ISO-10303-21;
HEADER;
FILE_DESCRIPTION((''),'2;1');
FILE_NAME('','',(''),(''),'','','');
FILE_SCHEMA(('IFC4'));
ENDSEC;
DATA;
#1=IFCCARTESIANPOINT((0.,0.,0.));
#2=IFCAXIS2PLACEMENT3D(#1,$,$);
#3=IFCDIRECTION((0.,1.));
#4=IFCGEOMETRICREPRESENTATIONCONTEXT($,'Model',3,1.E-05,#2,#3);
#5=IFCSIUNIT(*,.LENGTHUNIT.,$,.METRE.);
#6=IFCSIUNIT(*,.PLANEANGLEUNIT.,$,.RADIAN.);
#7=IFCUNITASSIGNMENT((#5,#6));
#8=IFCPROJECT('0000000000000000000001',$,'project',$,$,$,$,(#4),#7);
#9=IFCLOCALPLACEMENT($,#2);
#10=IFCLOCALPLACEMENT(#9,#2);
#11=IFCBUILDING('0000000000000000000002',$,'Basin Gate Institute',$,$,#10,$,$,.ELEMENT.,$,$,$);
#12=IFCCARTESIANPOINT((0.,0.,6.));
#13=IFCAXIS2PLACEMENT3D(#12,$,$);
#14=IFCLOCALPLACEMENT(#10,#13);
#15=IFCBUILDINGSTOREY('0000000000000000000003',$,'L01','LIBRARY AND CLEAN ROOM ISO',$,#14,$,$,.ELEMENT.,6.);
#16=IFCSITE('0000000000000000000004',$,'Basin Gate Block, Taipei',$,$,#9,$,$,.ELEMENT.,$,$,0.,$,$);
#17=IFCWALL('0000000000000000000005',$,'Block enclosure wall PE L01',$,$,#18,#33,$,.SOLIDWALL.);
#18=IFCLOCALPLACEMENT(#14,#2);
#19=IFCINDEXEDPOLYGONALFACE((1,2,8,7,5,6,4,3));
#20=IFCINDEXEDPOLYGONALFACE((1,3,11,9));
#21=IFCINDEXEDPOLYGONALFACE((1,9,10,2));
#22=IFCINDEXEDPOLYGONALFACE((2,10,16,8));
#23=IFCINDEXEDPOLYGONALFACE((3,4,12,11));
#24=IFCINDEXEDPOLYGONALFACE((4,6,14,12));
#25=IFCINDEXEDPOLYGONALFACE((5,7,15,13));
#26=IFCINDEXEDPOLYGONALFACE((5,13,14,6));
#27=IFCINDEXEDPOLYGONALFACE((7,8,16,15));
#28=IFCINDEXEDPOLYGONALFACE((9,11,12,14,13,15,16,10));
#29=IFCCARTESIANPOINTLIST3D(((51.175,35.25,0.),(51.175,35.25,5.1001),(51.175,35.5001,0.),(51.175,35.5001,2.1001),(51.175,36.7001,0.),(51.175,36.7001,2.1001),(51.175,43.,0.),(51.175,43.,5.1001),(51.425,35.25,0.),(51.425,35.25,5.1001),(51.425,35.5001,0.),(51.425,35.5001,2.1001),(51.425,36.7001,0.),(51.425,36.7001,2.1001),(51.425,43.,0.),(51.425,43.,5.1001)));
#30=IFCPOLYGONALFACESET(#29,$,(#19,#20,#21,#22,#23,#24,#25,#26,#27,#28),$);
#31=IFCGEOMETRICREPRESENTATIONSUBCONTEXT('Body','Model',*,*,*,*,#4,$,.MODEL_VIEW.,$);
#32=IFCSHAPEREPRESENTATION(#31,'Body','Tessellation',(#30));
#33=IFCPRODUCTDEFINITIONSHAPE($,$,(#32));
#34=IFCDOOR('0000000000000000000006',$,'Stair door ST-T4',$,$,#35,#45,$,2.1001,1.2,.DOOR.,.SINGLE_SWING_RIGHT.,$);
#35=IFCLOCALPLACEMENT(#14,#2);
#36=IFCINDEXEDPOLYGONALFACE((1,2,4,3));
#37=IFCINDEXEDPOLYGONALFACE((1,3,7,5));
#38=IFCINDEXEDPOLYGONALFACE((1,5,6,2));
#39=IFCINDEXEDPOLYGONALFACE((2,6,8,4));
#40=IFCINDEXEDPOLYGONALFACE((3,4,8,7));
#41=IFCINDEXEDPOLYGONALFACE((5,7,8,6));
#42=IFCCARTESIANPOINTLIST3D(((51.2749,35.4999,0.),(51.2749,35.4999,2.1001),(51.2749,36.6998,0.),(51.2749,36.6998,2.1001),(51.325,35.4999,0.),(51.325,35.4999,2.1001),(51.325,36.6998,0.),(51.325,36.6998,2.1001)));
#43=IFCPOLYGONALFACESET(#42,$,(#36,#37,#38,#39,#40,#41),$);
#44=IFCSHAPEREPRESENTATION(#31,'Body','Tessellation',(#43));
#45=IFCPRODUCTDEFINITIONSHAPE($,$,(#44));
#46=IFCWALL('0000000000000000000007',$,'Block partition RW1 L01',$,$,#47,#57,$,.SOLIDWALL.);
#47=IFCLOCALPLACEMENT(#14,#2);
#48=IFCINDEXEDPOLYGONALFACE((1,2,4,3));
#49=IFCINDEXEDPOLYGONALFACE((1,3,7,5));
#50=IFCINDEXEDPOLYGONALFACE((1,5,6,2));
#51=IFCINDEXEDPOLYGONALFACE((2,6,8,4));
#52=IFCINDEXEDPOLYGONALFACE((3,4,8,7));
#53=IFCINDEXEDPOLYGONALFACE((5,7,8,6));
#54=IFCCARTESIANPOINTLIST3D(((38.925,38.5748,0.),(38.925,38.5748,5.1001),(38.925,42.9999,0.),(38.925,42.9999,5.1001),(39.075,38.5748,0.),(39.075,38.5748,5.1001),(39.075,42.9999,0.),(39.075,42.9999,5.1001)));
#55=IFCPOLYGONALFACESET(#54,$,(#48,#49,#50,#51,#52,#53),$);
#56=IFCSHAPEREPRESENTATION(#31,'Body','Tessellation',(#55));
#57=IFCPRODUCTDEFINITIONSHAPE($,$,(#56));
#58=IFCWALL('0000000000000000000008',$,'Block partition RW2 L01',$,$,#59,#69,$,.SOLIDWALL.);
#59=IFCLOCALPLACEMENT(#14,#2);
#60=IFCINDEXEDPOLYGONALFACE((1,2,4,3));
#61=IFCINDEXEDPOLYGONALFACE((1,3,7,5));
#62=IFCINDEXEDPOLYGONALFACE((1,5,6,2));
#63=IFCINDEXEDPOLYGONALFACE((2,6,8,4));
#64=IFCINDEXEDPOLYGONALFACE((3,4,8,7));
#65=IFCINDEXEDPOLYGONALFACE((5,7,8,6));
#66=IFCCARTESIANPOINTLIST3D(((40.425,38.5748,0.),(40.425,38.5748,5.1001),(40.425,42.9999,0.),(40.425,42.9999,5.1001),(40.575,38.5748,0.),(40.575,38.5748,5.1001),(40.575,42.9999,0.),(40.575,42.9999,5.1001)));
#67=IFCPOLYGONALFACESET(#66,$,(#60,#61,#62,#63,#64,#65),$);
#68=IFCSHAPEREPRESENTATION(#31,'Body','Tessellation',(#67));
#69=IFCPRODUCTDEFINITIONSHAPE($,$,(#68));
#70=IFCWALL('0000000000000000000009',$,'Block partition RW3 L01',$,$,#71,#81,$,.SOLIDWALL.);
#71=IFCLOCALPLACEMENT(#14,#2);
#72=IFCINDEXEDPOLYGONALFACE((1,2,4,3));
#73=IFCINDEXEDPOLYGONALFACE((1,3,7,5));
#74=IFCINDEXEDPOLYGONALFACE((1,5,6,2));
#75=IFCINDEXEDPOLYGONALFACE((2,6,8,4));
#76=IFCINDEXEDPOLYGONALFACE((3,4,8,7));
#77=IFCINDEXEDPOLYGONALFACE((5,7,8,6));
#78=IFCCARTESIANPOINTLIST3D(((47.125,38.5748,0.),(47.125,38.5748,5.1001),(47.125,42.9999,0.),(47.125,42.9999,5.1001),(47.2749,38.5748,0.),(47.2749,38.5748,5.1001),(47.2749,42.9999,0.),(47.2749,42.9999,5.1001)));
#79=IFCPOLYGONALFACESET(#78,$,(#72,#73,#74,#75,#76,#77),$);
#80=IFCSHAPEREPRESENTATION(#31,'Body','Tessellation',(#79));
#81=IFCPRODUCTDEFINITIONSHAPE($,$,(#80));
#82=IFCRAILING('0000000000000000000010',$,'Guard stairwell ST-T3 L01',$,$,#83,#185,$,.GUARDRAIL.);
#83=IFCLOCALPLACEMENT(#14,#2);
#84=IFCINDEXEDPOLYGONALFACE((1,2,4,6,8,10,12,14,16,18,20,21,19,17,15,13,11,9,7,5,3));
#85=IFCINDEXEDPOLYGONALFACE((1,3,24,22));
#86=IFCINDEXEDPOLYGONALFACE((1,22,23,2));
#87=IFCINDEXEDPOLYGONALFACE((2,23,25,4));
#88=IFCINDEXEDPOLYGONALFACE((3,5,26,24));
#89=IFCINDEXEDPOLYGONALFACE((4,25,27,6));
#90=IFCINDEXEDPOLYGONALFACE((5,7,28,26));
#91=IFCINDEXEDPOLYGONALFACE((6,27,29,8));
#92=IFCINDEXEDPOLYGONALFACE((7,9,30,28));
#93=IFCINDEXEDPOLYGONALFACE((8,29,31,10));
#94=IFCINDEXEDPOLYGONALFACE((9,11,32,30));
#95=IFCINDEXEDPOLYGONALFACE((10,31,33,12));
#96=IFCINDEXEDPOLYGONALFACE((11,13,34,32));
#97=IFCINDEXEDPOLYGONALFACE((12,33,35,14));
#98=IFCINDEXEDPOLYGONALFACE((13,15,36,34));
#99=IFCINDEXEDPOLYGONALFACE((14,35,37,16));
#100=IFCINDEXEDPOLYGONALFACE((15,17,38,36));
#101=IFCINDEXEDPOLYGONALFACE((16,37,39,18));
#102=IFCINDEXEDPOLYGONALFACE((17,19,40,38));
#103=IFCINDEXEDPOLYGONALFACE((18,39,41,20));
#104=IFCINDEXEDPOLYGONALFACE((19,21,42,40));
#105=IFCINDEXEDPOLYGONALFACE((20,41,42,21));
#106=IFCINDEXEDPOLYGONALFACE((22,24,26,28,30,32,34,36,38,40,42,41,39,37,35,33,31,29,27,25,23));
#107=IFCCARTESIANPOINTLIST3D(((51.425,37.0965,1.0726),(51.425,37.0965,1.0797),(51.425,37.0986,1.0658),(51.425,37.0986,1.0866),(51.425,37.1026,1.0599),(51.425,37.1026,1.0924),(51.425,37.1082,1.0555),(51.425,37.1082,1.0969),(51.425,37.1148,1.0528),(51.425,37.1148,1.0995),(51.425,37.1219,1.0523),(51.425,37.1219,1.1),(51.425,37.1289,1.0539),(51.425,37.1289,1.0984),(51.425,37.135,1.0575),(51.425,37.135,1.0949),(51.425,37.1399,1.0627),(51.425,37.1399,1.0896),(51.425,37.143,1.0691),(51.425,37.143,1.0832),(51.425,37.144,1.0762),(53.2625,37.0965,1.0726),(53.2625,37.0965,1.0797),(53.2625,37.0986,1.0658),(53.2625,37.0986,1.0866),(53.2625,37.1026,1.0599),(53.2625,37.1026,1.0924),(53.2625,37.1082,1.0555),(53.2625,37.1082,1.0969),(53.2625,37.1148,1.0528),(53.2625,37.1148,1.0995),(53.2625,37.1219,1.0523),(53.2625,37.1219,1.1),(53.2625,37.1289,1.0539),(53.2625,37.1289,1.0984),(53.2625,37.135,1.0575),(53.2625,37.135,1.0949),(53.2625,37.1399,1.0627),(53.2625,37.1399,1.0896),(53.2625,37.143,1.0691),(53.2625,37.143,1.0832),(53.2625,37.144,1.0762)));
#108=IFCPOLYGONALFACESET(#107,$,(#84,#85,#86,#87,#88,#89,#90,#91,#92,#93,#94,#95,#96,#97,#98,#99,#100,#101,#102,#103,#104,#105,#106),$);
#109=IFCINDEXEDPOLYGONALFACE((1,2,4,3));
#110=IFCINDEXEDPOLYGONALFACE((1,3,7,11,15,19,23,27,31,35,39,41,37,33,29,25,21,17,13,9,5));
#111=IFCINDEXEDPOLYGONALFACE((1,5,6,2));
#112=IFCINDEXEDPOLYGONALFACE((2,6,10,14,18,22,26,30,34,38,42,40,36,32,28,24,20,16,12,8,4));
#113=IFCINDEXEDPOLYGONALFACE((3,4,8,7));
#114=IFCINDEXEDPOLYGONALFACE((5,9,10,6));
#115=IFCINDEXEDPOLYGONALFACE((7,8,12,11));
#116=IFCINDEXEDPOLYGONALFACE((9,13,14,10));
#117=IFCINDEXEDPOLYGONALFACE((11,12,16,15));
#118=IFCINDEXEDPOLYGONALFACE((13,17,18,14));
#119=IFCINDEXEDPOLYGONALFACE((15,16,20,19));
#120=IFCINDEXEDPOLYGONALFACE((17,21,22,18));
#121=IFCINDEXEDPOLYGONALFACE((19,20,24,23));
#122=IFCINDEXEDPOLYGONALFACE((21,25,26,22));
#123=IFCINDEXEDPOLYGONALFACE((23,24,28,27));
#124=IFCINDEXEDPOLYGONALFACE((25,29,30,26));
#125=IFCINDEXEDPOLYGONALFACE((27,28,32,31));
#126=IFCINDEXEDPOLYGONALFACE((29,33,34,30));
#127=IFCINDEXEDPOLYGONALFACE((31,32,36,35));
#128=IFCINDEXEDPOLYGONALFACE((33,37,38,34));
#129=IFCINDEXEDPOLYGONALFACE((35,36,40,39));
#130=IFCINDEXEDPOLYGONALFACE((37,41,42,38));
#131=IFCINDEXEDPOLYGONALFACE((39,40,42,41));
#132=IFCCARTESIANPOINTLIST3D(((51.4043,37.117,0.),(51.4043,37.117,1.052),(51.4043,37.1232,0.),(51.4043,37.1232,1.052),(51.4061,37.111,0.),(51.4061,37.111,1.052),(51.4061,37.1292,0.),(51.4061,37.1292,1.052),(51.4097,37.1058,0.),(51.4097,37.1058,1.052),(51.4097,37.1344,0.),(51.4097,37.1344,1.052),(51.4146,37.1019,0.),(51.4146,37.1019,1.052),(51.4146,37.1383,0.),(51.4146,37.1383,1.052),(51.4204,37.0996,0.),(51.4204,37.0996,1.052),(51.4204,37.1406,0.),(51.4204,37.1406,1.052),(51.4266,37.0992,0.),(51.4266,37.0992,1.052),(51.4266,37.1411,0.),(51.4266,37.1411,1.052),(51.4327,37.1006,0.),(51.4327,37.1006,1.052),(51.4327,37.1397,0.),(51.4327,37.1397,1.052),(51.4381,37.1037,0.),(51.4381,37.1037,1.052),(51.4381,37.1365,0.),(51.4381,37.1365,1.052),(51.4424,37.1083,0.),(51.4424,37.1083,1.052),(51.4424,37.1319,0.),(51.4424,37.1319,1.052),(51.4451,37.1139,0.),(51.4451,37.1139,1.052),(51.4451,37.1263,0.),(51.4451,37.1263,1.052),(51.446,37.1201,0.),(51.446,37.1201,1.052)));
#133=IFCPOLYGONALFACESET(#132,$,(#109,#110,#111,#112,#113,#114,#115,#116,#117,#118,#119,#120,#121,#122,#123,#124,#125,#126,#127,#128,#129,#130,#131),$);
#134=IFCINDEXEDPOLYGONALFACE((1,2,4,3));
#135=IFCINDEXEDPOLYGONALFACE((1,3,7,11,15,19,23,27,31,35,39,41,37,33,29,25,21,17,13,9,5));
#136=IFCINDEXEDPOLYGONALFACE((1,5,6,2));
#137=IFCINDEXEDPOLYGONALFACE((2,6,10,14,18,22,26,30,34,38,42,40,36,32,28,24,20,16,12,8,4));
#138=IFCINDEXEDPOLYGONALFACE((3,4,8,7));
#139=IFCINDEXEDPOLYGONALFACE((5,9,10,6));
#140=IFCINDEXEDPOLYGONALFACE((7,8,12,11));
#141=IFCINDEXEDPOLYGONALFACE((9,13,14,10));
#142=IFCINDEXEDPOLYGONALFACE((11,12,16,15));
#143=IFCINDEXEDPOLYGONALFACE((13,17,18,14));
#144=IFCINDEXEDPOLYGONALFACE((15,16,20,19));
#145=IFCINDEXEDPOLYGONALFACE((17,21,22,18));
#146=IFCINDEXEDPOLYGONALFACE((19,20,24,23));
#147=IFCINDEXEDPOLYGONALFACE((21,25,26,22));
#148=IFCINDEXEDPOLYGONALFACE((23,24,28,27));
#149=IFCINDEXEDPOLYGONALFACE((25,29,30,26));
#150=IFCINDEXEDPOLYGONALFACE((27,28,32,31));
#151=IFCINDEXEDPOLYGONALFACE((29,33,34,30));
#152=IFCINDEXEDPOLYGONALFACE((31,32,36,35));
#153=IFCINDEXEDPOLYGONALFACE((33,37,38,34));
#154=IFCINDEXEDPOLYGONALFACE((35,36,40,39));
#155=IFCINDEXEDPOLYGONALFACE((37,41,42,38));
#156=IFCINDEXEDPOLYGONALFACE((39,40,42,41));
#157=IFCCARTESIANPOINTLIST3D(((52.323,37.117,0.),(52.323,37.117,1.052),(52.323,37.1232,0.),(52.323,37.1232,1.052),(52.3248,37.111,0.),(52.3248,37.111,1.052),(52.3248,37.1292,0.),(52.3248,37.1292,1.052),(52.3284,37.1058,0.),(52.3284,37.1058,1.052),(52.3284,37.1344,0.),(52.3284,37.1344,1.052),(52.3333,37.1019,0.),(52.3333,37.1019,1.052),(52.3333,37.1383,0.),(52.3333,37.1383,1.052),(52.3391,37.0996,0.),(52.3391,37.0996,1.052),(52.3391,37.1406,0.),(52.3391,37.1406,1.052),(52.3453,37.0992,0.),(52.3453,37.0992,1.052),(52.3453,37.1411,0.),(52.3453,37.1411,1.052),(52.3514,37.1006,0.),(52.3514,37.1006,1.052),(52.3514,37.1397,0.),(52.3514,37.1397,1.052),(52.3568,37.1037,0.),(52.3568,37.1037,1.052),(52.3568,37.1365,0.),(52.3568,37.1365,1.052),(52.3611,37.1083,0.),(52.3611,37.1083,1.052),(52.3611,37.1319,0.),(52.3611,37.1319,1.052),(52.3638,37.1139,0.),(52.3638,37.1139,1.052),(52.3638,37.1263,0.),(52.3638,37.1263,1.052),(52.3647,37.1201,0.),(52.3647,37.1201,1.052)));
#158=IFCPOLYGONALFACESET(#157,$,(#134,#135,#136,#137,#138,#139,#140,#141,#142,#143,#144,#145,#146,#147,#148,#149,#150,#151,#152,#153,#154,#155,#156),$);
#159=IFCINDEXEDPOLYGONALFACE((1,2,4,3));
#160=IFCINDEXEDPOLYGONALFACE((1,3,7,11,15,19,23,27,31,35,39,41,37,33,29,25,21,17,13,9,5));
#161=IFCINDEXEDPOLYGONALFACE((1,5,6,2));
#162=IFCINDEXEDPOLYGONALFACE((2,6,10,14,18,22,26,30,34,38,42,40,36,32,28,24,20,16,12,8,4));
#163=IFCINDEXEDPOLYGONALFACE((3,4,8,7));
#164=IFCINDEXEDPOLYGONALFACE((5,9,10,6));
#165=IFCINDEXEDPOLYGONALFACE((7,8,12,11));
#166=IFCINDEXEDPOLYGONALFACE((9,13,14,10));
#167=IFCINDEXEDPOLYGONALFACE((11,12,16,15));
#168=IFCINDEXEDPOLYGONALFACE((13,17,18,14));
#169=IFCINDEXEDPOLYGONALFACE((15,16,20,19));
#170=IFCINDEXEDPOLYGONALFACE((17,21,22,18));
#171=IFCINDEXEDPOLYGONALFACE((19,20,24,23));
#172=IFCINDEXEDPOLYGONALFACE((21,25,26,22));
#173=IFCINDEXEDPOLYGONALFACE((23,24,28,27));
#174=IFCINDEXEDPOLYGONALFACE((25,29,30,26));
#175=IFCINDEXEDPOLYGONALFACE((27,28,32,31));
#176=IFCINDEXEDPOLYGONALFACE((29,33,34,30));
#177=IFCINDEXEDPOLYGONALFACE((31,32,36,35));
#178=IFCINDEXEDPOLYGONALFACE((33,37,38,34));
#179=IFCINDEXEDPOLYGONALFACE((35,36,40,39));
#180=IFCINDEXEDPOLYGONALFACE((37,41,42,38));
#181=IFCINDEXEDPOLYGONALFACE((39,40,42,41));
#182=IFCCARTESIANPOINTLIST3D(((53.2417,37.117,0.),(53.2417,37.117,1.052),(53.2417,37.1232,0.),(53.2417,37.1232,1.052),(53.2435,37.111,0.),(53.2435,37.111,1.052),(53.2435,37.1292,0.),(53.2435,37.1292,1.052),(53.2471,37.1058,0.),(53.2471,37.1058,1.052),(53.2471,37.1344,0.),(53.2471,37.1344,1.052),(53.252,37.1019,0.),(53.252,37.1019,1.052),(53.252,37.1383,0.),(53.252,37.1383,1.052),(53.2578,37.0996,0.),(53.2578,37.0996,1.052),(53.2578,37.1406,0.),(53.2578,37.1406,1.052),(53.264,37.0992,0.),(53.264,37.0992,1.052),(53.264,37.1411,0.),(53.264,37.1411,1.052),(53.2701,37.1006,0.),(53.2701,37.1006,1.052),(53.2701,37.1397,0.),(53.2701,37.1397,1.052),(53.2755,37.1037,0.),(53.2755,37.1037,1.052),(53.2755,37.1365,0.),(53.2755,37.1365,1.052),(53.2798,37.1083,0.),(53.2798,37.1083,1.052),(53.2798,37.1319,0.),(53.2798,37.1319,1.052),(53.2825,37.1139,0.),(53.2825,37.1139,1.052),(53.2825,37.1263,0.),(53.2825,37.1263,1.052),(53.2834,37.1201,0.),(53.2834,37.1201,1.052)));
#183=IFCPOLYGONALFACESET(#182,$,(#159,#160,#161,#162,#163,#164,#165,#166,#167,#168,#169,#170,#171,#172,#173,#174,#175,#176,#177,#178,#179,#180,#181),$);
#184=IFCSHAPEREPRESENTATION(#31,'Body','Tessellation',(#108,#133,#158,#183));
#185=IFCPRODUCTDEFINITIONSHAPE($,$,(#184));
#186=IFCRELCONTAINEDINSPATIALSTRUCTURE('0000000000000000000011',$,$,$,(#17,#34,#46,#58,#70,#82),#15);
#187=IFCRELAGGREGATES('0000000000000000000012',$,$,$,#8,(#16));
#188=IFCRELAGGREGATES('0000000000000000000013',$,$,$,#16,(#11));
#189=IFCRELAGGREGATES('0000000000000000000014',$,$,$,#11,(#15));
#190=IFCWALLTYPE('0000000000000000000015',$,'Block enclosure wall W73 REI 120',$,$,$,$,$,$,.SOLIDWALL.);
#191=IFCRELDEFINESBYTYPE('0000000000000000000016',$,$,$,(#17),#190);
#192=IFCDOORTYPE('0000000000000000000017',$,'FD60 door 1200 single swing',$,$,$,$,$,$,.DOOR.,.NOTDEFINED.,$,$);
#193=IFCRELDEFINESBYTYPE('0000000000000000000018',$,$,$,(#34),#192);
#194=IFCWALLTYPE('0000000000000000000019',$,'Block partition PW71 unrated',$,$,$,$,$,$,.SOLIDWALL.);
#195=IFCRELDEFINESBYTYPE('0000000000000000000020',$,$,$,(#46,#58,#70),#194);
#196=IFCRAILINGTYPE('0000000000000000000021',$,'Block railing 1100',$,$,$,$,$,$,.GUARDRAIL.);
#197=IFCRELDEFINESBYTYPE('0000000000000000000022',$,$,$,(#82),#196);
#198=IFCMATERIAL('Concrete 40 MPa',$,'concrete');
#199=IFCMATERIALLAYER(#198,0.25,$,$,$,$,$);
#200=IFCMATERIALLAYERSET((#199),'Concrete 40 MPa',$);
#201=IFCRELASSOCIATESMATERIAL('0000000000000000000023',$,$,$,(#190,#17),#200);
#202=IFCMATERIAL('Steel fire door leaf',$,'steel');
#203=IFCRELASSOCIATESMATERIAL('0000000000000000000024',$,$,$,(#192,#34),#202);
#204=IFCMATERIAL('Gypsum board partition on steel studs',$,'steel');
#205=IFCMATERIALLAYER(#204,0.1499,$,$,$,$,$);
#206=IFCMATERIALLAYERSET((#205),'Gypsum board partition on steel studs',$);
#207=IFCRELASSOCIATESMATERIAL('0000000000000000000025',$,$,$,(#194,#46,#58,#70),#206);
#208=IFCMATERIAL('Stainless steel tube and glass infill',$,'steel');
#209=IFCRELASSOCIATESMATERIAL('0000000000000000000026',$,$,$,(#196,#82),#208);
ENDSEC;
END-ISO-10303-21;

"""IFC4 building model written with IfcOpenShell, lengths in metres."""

from ifc_helpers import new_model, si_unit, direction, frame, frame_2d, origin, origin_2d, place, context, subcontext, project, spatial, rectangle, circle, extrude, material, layer, layer_set, type_object, element, fill, save


model = new_model("IFC4")

# Units and contexts
model_context = context("Model", 3, precision=1e-05, world=origin(), true_north=direction((0.0, 1.0)))
body_context = subcontext(model_context, "Body", "Model", "MODEL_VIEW")
ifc_project = project(units=[si_unit("LENGTHUNIT", "METRE"), si_unit("PLANEANGLEUNIT", "RADIAN")], contexts=[model_context])

# Site, building, storey
site_placement = place(None, origin())
site = spatial("IfcSite", under=ifc_project, at=site_placement, Name="Basin Gate Block, Taipei", CompositionType="ELEMENT", RefElevation=0.0)
building_placement = place(site_placement, origin())
building = spatial("IfcBuilding", under=site, at=building_placement, Name="Basin Gate Institute", CompositionType="ELEMENT")
storey_placement = place(building_placement, frame((0.0, 0.0, 6.0)))
storey = spatial("IfcBuildingStorey", under=building, at=storey_placement, Name="L01", Description="LIBRARY AND CLEAN ROOM ISO", CompositionType="ELEMENT", Elevation=6.0)

# Wall, opening, door
ifc_material_1 = material(Name="Concrete 40 MPa", Category="concrete")
ifc_layer_1 = layer(ifc_material_1, 0.25)
ifc_layer_set_1 = layer_set([ifc_layer_1], Name="Concrete 40 MPa")
wall_type_1 = type_object("IfcWallType", Name="Block enclosure wall W73 REI 120", PredefinedType="SOLIDWALL", material=ifc_layer_set_1)
wall_placement = place(storey_placement, frame((51.3, 35.25, 0.0), z_axis=(0.0, 0.0, 1.0), x_axis=(0.0, 1.0, 0.0)))
wall = element("IfcWall", 1, at=wall_placement, inside=storey, type_object=wall_type_1, material=ifc_layer_set_1, Name="Block enclosure wall PE L01", PredefinedType="SOLIDWALL", context=body_context, shape_type="SweptSolid", body=[
    extrude(rectangle(XDim=7.75, YDim=0.25, at=frame_2d((3.875, 0.0))), origin(), (0.0, 0.0, 1.0), 5.1001),
])
opening_placement = place(wall_placement, frame((0.25, 0.0, 0.0)))
opening = element("IfcOpeningElement", 2, at=opening_placement, cuts=wall, PredefinedType="OPENING", context=body_context, shape_type="SweptSolid", body=[
    extrude(rectangle(XDim=1.2, YDim=2.1001, at=frame_2d((0.6001, 1.05))), frame((0.0, 0.135, 0.0), z_axis=(0.0, -1.0, 0.0), x_axis=(1.0, 0.0, 0.0)), (0.0, 0.0, 1.0), 0.27),
])
ifc_material_2 = material(Name="Steel fire door leaf", Category="steel")
door_type = type_object("IfcDoorType", Name="FD60 door 1200 single swing", OperationType="NOTDEFINED", PredefinedType="DOOR", material=ifc_material_2)
door_placement = place(opening_placement, frame((1.2, 0.0, 0.0), z_axis=(0.0, 0.0, 1.0), x_axis=(-1.0, 0.0, 0.0)))
door = element("IfcDoor", 3, at=door_placement, inside=storey, type_object=door_type, material=ifc_material_2, Name="Stair door ST-T4", OperationType="SINGLE_SWING_RIGHT", OverallHeight=2.1001, OverallWidth=1.2, PredefinedType="DOOR", context=body_context, shape_type="SweptSolid", body=[
    extrude(rectangle(XDim=1.2, YDim=2.1001, at=frame_2d((0.6001, 1.05))), frame((0.0, 0.0249, 0.0), z_axis=(0.0, -1.0, 0.0), x_axis=(1.0, 0.0, 0.0)), (0.0, 0.0, 1.0), 0.05),
])
fill(opening, door)

# Walls
ifc_material_3 = material(Name="Gypsum board partition on steel studs", Category="steel")
ifc_layer_2 = layer(ifc_material_3, 0.1499)
ifc_layer_set_2 = layer_set([ifc_layer_2], Name="Gypsum board partition on steel studs")
wall_type_2 = type_object("IfcWallType", Name="Block partition PW71 unrated", PredefinedType="SOLIDWALL", material=ifc_layer_set_2)
for number, where, z_axis, x_axis, name in (
    (4, (39.0, 38.575, 0.0), (0.0, 0.0, 1.0), (0.0, 1.0, 0.0), "Block partition RW1 L01"),
    (5, (40.5, 38.575, 0.0), (0.0, 0.0, 1.0), (0.0, 1.0, 0.0), "Block partition RW2 L01"),
    (6, (47.2, 38.575, 0.0), (0.0, 0.0, 1.0), (0.0, 1.0, 0.0), "Block partition RW3 L01"),
):
    element("IfcWall", number, at=place(storey_placement, frame(where, z_axis=z_axis, x_axis=x_axis)), inside=storey, type_object=wall_type_2, material=ifc_layer_set_2, Name=name, PredefinedType="SOLIDWALL", context=body_context, shape_type="SweptSolid", body=[
        extrude(rectangle(XDim=4.425, YDim=0.1499, at=frame_2d((2.2124, 0.0))), origin(), (0.0, 0.0, 1.0), 5.1001),
    ])

# Railing
ifc_material_4 = material(Name="Stainless steel tube and glass infill", Category="steel")
railing_type_1 = type_object("IfcRailingType", Name="Block railing 1100", PredefinedType="GUARDRAIL", material=ifc_material_4)
railing_1_placement = place(storey_placement, frame((51.425, 37.1201, 0.0)))
element("IfcRailing", 7, at=railing_1_placement, inside=storey, type_object=railing_type_1, material=ifc_material_4, Name="Guard stairwell ST-T3 L01", PredefinedType="GUARDRAIL", context=body_context, shape_type="SweptSolid", body=[
    extrude(circle(Radius=0.0239, at=origin_2d()), frame((0.0, 0.0, 1.0762), z_axis=(1.0, 0.0, 0.0), x_axis=(0.0, 1.0, 0.0)), (0.0, 0.0, 1.0), 1.8374),
    extrude(circle(Radius=0.021, at=origin_2d()), origin(), (0.0, 0.0, 1.0), 1.052),
    extrude(circle(Radius=0.021, at=origin_2d()), frame((0.9187, 0.0, 0.0)), (0.0, 0.0, 1.0), 1.052),
    extrude(circle(Radius=0.021, at=origin_2d()), frame((1.8374, 0.0, 0.0)), (0.0, 0.0, 1.0), 1.052),
])

save(model, "model.ifc")
